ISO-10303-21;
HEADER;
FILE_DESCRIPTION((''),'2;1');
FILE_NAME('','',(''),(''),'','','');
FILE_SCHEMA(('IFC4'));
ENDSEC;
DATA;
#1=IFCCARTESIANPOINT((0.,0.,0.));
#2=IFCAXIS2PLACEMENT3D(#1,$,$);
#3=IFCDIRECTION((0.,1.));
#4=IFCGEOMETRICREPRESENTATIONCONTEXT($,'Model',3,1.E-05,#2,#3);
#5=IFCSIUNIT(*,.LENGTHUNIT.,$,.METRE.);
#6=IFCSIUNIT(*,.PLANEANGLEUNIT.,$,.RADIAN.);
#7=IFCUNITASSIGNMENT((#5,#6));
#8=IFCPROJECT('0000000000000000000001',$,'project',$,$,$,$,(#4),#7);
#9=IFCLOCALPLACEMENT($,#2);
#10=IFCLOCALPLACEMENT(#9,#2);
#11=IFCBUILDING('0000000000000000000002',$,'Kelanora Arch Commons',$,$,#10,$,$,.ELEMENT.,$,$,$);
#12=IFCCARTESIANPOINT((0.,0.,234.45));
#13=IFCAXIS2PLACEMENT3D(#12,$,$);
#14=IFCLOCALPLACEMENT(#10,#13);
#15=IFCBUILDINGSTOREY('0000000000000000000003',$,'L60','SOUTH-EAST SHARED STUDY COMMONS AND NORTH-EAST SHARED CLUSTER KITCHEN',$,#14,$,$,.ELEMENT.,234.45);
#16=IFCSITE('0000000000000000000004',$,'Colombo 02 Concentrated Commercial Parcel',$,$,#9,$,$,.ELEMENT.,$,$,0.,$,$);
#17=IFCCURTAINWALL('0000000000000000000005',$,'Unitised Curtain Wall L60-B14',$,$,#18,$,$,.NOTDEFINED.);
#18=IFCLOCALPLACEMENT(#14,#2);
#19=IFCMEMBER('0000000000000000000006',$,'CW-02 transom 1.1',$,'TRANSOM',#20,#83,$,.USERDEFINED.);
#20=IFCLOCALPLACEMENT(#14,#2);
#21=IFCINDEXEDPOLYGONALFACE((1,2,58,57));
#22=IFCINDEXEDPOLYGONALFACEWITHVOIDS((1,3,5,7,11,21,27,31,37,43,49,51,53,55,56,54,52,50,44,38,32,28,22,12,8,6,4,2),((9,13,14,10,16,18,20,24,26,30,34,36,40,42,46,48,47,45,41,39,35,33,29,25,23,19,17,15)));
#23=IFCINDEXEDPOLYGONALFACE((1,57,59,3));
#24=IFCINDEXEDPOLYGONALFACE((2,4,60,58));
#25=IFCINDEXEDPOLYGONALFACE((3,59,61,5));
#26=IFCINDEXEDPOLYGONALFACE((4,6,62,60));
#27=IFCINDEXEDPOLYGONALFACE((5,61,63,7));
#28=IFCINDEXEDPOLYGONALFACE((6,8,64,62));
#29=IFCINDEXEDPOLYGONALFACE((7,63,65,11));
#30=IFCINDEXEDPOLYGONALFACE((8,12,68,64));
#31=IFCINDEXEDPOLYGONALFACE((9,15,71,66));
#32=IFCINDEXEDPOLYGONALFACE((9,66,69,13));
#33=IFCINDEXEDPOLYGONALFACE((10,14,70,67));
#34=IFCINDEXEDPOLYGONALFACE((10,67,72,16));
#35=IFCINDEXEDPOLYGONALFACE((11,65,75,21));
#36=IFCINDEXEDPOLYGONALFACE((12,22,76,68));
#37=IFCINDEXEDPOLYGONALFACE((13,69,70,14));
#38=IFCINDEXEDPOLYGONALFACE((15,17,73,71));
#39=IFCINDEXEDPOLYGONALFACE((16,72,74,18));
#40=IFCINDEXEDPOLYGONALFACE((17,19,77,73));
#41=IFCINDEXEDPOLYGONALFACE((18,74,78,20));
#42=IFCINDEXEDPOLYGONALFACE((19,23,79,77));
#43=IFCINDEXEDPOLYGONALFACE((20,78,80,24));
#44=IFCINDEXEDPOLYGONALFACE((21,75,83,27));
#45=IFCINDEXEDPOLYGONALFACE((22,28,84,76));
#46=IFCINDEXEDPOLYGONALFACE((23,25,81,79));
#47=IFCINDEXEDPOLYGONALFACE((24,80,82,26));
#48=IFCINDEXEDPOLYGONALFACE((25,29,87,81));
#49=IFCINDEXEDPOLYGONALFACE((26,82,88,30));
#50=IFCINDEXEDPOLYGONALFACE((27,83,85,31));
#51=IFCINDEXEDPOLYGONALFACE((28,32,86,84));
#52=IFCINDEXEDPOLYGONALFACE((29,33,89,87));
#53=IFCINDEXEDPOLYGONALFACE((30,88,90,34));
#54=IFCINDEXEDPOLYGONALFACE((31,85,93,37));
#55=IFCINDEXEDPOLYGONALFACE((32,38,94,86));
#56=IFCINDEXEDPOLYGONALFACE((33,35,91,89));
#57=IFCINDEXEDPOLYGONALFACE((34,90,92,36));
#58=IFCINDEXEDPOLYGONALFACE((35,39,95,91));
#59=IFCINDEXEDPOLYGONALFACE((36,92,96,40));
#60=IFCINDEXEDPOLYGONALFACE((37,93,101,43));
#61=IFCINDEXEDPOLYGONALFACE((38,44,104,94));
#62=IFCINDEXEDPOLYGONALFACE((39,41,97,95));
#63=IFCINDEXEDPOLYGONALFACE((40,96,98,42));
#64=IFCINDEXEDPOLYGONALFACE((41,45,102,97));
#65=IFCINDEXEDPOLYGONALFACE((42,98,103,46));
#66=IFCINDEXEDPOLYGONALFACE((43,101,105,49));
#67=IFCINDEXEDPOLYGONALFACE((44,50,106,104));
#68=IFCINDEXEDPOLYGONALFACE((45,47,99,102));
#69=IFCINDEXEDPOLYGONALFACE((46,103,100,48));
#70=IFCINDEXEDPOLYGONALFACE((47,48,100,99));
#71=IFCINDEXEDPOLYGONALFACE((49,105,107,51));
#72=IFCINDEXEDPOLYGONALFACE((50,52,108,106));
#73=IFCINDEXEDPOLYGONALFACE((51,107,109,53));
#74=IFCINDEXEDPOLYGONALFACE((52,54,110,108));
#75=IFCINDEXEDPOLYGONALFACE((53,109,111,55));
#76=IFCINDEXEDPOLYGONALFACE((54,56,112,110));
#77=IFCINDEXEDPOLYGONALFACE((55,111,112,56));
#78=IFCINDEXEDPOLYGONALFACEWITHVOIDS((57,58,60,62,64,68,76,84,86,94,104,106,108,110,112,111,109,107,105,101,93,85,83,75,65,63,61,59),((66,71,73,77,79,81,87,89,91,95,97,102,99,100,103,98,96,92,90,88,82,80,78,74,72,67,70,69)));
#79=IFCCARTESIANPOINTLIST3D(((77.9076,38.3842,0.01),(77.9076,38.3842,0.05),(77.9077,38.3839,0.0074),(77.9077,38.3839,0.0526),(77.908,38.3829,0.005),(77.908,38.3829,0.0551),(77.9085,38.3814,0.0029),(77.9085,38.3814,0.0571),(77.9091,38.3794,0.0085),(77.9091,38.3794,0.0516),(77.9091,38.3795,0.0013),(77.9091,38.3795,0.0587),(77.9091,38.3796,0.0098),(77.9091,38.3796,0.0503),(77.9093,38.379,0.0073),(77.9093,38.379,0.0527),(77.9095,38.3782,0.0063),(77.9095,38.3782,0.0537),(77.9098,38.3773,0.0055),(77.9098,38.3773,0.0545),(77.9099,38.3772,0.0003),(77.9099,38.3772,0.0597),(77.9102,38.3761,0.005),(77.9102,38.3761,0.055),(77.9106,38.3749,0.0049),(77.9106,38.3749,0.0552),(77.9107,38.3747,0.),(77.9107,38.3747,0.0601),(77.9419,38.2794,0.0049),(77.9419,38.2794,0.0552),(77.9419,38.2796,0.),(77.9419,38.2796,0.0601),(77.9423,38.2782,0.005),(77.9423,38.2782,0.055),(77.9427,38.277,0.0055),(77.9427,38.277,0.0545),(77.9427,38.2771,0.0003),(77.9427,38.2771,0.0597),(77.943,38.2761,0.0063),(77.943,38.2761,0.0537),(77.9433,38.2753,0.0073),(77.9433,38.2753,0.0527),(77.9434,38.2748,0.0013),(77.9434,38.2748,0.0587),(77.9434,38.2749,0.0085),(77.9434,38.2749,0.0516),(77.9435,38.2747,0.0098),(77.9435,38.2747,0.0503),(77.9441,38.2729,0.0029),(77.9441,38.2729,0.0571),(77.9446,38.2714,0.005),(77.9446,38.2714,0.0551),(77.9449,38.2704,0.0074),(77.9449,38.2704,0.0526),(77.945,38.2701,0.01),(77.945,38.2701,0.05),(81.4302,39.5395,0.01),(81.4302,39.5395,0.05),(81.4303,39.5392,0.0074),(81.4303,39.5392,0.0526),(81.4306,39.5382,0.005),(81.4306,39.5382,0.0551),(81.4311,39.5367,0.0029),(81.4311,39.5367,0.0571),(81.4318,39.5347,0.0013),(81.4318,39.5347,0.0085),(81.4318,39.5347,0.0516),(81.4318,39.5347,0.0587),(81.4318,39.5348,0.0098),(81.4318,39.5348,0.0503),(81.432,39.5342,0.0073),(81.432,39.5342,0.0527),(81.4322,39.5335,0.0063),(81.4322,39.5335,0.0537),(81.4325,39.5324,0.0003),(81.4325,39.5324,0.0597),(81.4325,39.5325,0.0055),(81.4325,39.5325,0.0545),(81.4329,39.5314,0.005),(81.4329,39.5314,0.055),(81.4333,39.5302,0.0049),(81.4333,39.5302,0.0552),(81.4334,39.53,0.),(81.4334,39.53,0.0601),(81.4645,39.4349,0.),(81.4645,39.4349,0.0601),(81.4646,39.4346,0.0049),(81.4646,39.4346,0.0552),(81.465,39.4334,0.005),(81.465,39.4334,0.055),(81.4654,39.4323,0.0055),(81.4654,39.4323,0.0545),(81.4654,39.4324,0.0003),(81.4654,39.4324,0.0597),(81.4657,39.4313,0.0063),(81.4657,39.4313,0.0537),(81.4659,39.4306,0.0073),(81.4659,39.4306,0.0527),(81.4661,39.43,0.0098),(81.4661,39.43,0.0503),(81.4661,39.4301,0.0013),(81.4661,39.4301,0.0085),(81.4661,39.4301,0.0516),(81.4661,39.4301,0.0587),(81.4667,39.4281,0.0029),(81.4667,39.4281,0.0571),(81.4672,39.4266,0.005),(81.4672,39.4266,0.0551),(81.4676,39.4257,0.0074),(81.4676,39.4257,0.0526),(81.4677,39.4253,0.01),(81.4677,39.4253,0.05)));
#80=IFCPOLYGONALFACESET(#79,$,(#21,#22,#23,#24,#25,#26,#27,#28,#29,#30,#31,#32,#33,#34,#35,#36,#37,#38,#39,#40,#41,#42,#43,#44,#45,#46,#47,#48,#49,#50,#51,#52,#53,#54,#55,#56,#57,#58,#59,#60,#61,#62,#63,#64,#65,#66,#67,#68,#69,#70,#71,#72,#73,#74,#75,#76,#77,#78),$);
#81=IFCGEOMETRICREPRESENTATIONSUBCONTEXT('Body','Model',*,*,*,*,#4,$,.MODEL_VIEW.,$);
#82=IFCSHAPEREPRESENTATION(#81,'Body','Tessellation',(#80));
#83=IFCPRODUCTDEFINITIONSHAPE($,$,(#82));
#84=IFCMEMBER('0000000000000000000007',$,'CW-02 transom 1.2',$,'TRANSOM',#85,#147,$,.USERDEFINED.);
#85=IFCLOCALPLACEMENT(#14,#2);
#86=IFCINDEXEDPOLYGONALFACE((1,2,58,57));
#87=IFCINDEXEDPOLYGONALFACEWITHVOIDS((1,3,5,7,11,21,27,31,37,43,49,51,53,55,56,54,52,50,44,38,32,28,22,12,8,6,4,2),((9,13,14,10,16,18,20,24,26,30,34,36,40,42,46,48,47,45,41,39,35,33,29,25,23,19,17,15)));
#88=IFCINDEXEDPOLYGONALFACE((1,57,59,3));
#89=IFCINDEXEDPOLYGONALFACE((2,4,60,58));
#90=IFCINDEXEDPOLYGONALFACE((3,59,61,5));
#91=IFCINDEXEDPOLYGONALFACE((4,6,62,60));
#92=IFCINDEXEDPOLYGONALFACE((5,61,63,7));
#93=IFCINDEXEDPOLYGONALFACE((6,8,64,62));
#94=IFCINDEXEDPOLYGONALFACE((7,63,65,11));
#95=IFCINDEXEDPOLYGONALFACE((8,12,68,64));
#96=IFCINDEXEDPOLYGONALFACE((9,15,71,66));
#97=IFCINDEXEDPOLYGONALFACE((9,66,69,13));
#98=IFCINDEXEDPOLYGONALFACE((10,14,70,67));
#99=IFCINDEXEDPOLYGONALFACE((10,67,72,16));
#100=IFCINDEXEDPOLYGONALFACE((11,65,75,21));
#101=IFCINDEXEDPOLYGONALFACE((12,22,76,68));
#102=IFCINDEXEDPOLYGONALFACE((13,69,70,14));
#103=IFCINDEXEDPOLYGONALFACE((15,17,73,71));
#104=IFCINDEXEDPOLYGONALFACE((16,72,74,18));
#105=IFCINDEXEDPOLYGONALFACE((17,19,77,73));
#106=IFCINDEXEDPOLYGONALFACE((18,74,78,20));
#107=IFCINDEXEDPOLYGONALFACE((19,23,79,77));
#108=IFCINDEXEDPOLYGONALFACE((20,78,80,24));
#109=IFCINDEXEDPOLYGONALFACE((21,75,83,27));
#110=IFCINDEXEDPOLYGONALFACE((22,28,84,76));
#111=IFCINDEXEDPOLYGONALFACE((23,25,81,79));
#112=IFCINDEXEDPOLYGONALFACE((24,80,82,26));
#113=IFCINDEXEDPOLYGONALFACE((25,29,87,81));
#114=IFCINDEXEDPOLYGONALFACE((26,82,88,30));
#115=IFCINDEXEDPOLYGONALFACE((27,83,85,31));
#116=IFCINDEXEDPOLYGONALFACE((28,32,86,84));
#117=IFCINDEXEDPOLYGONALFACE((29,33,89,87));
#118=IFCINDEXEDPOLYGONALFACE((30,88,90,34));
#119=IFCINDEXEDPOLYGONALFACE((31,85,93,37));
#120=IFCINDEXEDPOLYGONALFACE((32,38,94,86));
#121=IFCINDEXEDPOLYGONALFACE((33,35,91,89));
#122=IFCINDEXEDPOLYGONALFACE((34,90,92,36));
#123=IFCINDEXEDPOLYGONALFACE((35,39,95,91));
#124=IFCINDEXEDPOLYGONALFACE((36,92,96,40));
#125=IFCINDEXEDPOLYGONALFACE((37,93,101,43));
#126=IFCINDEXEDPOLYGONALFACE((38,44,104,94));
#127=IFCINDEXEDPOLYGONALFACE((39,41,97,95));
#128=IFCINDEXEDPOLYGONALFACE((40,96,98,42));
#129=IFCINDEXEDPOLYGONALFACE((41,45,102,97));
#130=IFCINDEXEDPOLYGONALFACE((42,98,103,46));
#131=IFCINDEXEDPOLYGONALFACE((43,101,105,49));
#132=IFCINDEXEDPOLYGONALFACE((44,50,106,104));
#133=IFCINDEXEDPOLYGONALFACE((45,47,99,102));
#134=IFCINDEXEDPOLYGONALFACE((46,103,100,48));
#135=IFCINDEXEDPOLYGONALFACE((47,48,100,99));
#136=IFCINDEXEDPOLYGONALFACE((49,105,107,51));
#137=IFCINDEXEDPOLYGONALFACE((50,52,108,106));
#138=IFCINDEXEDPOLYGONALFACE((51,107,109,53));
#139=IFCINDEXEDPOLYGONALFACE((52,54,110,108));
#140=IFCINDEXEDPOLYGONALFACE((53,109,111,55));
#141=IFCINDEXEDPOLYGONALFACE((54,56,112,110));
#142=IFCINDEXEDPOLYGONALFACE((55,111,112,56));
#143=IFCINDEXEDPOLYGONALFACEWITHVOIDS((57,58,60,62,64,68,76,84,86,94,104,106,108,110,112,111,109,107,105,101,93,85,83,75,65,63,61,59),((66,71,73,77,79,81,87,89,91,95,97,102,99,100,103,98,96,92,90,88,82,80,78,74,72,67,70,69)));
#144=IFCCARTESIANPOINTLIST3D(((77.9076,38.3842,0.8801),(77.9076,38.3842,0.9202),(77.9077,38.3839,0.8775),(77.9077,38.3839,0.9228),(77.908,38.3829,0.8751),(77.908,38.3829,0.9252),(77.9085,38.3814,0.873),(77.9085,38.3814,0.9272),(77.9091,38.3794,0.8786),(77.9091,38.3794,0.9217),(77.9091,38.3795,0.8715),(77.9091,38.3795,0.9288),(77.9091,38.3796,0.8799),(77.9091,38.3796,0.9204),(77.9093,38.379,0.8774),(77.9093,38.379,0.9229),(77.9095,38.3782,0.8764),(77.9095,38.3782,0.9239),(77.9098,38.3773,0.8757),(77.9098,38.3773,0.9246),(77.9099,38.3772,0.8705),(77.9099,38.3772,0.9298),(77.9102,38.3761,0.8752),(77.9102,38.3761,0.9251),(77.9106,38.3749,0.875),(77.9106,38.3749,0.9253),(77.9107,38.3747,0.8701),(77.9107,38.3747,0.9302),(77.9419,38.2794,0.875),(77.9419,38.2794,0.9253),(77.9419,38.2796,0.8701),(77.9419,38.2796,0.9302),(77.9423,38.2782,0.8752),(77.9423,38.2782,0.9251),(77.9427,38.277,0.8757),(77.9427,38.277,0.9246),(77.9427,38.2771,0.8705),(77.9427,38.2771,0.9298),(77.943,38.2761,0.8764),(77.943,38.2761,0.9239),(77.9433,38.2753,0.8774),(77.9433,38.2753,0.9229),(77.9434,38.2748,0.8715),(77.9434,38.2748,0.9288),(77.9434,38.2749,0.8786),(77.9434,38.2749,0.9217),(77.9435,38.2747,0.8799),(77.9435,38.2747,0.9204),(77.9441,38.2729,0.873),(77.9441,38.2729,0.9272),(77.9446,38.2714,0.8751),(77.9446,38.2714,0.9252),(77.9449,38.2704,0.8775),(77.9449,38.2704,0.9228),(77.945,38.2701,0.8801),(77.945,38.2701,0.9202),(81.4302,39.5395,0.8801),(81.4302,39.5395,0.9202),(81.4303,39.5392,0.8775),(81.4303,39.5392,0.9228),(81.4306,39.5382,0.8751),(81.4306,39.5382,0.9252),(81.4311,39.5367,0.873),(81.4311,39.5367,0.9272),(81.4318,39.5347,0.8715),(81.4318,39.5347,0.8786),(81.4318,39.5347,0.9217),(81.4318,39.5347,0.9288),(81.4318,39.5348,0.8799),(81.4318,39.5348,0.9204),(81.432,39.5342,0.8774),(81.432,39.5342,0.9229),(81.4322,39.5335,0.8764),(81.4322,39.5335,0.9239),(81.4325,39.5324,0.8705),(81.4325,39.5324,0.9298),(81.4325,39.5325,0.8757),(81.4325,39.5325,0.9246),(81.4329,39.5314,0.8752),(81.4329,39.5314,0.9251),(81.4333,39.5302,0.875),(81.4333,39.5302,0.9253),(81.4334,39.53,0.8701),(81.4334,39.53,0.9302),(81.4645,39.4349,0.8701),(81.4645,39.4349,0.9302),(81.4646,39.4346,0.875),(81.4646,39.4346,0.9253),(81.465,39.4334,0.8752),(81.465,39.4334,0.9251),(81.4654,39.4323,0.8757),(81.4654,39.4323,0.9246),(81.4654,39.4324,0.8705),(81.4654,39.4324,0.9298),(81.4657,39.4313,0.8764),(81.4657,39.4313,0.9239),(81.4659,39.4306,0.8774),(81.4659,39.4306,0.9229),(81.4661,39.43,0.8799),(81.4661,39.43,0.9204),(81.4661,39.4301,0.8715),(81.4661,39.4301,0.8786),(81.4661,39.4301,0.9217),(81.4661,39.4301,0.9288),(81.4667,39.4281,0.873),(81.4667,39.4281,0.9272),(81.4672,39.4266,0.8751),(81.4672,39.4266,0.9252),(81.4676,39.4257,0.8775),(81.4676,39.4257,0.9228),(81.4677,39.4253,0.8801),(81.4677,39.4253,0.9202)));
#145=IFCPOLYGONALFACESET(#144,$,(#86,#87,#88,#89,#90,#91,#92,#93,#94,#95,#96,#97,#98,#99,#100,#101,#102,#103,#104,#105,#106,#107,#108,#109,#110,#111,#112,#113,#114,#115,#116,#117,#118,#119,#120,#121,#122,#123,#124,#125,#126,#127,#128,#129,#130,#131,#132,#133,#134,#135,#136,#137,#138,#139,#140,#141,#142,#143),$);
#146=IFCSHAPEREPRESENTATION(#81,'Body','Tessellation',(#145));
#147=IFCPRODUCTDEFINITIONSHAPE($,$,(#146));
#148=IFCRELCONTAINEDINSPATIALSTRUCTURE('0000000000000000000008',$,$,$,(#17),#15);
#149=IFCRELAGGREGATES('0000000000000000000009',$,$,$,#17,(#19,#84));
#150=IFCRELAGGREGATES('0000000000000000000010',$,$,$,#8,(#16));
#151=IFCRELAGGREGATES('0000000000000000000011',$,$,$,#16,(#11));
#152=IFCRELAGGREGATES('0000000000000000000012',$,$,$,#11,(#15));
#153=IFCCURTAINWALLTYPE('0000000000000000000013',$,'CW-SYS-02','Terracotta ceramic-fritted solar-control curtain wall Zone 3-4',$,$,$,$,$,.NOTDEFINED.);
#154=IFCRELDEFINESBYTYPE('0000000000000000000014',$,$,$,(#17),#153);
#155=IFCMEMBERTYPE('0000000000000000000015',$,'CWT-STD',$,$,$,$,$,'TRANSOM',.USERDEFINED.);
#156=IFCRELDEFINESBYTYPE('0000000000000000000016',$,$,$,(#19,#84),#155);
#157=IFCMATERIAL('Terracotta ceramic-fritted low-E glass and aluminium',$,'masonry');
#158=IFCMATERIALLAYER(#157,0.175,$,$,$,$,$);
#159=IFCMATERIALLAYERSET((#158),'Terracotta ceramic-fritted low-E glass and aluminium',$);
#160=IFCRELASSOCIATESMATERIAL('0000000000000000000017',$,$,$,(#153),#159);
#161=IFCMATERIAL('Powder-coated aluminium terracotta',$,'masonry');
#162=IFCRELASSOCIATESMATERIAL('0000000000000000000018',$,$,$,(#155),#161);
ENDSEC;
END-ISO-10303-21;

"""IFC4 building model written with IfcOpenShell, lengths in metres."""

from ifc_helpers import new_model, si_unit, direction, frame, origin, origin_2d, place, context, subcontext, project, spatial, hollow_rectangle, extrude, material, layer, layer_set, material_profile, profile_set, type_object, element, aggregate, save


model = new_model("IFC4")

# Units and contexts
model_context = context("Model", 3, precision=1e-05, world=origin(), true_north=direction((0.0, 1.0)))
body_context = subcontext(model_context, "Body", "Model", "MODEL_VIEW")
ifc_project = project(units=[si_unit("LENGTHUNIT", "METRE"), si_unit("PLANEANGLEUNIT", "RADIAN")], contexts=[model_context])

# Site, building, storey
site_placement = place(None, origin())
site = spatial("IfcSite", under=ifc_project, at=site_placement, Name="Colombo 02 Concentrated Commercial Parcel", CompositionType="ELEMENT", RefElevation=0.0)
building_placement = place(site_placement, origin())
building = spatial("IfcBuilding", under=site, at=building_placement, Name="Kelanora Arch Commons", CompositionType="ELEMENT")
storey_placement = place(building_placement, frame((0.0, 0.0, 234.45)))
storey = spatial("IfcBuildingStorey", under=building, at=storey_placement, Name="L60", Description="SOUTH-EAST SHARED STUDY COMMONS AND NORTH-EAST SHARED CLUSTER KITCHEN", CompositionType="ELEMENT", Elevation=234.45)

# Curtain wall, members
ifc_material_1 = material(Name="Terracotta ceramic-fritted low-E glass and aluminium", Category="masonry")
ifc_layer_1 = layer(ifc_material_1, 0.175)
ifc_layer_set_1 = layer_set([ifc_layer_1], Name="Terracotta ceramic-fritted low-E glass and aluminium")
curtain_wall_type = type_object("IfcCurtainWallType", Name="CW-SYS-02", Description="Terracotta ceramic-fritted solar-control curtain wall Zone 3-4", PredefinedType="NOTDEFINED", material=ifc_layer_set_1)
curtain_wall_placement = place(storey_placement, origin())
curtain_wall = element("IfcCurtainWall", 1, at=curtain_wall_placement, inside=storey, type_object=curtain_wall_type, Name="Unitised Curtain Wall L60-B14", PredefinedType="NOTDEFINED")
ifc_material_2 = material(Name="Powder-coated aluminium terracotta", Category="masonry")
ifc_material_profile_1 = material_profile(ifc_material_2, hollow_rectangle(XDim=0.1201, YDim=0.0601, WallThickness=0.0049, InnerFilletRadius=0.0049, OuterFilletRadius=0.01, at=origin_2d()), Name="CWT120x60")
ifc_profile_set_1 = profile_set([ifc_material_profile_1], Name="Powder-coated aluminium terracotta")
member_type_1 = type_object("IfcMemberType", Name="CWT-STD", ElementType="TRANSOM", PredefinedType="USERDEFINED", material=ifc_profile_set_1)
member_1_placement = place(storey_placement, frame((77.9263, 38.3271, 0.03), z_axis=(0.950207, 0.311621, 0.0), x_axis=(-0.311621, 0.950207, 0.0)))
member_1 = element("IfcMember", 2, at=member_1_placement, type_object=member_type_1, Name="CW-02 transom 1.1", ObjectType="TRANSOM", PredefinedType="USERDEFINED", context=body_context, shape_type="SweptSolid", body=[
    extrude(hollow_rectangle(XDim=0.1201, YDim=0.0601, WallThickness=0.0049, InnerFilletRadius=0.0049, OuterFilletRadius=0.01, at=origin_2d()), origin(), (0.0, 0.0, 1.0), 3.7073),
])
member_2_placement = place(storey_placement, frame((77.9263, 38.3271, 0.9001), z_axis=(0.950207, 0.311621, 0.0), x_axis=(-0.311621, 0.950207, 0.0)))
member_2 = element("IfcMember", 3, at=member_2_placement, type_object=member_type_1, Name="CW-02 transom 1.2", ObjectType="TRANSOM", PredefinedType="USERDEFINED", context=body_context, shape_type="SweptSolid", body=[
    extrude(hollow_rectangle(XDim=0.1201, YDim=0.0601, WallThickness=0.0049, InnerFilletRadius=0.0049, OuterFilletRadius=0.01, at=origin_2d()), origin(), (0.0, 0.0, 1.0), 3.7073),
])
aggregate(curtain_wall, [member_1, member_2])

save(model, "model.ifc")
